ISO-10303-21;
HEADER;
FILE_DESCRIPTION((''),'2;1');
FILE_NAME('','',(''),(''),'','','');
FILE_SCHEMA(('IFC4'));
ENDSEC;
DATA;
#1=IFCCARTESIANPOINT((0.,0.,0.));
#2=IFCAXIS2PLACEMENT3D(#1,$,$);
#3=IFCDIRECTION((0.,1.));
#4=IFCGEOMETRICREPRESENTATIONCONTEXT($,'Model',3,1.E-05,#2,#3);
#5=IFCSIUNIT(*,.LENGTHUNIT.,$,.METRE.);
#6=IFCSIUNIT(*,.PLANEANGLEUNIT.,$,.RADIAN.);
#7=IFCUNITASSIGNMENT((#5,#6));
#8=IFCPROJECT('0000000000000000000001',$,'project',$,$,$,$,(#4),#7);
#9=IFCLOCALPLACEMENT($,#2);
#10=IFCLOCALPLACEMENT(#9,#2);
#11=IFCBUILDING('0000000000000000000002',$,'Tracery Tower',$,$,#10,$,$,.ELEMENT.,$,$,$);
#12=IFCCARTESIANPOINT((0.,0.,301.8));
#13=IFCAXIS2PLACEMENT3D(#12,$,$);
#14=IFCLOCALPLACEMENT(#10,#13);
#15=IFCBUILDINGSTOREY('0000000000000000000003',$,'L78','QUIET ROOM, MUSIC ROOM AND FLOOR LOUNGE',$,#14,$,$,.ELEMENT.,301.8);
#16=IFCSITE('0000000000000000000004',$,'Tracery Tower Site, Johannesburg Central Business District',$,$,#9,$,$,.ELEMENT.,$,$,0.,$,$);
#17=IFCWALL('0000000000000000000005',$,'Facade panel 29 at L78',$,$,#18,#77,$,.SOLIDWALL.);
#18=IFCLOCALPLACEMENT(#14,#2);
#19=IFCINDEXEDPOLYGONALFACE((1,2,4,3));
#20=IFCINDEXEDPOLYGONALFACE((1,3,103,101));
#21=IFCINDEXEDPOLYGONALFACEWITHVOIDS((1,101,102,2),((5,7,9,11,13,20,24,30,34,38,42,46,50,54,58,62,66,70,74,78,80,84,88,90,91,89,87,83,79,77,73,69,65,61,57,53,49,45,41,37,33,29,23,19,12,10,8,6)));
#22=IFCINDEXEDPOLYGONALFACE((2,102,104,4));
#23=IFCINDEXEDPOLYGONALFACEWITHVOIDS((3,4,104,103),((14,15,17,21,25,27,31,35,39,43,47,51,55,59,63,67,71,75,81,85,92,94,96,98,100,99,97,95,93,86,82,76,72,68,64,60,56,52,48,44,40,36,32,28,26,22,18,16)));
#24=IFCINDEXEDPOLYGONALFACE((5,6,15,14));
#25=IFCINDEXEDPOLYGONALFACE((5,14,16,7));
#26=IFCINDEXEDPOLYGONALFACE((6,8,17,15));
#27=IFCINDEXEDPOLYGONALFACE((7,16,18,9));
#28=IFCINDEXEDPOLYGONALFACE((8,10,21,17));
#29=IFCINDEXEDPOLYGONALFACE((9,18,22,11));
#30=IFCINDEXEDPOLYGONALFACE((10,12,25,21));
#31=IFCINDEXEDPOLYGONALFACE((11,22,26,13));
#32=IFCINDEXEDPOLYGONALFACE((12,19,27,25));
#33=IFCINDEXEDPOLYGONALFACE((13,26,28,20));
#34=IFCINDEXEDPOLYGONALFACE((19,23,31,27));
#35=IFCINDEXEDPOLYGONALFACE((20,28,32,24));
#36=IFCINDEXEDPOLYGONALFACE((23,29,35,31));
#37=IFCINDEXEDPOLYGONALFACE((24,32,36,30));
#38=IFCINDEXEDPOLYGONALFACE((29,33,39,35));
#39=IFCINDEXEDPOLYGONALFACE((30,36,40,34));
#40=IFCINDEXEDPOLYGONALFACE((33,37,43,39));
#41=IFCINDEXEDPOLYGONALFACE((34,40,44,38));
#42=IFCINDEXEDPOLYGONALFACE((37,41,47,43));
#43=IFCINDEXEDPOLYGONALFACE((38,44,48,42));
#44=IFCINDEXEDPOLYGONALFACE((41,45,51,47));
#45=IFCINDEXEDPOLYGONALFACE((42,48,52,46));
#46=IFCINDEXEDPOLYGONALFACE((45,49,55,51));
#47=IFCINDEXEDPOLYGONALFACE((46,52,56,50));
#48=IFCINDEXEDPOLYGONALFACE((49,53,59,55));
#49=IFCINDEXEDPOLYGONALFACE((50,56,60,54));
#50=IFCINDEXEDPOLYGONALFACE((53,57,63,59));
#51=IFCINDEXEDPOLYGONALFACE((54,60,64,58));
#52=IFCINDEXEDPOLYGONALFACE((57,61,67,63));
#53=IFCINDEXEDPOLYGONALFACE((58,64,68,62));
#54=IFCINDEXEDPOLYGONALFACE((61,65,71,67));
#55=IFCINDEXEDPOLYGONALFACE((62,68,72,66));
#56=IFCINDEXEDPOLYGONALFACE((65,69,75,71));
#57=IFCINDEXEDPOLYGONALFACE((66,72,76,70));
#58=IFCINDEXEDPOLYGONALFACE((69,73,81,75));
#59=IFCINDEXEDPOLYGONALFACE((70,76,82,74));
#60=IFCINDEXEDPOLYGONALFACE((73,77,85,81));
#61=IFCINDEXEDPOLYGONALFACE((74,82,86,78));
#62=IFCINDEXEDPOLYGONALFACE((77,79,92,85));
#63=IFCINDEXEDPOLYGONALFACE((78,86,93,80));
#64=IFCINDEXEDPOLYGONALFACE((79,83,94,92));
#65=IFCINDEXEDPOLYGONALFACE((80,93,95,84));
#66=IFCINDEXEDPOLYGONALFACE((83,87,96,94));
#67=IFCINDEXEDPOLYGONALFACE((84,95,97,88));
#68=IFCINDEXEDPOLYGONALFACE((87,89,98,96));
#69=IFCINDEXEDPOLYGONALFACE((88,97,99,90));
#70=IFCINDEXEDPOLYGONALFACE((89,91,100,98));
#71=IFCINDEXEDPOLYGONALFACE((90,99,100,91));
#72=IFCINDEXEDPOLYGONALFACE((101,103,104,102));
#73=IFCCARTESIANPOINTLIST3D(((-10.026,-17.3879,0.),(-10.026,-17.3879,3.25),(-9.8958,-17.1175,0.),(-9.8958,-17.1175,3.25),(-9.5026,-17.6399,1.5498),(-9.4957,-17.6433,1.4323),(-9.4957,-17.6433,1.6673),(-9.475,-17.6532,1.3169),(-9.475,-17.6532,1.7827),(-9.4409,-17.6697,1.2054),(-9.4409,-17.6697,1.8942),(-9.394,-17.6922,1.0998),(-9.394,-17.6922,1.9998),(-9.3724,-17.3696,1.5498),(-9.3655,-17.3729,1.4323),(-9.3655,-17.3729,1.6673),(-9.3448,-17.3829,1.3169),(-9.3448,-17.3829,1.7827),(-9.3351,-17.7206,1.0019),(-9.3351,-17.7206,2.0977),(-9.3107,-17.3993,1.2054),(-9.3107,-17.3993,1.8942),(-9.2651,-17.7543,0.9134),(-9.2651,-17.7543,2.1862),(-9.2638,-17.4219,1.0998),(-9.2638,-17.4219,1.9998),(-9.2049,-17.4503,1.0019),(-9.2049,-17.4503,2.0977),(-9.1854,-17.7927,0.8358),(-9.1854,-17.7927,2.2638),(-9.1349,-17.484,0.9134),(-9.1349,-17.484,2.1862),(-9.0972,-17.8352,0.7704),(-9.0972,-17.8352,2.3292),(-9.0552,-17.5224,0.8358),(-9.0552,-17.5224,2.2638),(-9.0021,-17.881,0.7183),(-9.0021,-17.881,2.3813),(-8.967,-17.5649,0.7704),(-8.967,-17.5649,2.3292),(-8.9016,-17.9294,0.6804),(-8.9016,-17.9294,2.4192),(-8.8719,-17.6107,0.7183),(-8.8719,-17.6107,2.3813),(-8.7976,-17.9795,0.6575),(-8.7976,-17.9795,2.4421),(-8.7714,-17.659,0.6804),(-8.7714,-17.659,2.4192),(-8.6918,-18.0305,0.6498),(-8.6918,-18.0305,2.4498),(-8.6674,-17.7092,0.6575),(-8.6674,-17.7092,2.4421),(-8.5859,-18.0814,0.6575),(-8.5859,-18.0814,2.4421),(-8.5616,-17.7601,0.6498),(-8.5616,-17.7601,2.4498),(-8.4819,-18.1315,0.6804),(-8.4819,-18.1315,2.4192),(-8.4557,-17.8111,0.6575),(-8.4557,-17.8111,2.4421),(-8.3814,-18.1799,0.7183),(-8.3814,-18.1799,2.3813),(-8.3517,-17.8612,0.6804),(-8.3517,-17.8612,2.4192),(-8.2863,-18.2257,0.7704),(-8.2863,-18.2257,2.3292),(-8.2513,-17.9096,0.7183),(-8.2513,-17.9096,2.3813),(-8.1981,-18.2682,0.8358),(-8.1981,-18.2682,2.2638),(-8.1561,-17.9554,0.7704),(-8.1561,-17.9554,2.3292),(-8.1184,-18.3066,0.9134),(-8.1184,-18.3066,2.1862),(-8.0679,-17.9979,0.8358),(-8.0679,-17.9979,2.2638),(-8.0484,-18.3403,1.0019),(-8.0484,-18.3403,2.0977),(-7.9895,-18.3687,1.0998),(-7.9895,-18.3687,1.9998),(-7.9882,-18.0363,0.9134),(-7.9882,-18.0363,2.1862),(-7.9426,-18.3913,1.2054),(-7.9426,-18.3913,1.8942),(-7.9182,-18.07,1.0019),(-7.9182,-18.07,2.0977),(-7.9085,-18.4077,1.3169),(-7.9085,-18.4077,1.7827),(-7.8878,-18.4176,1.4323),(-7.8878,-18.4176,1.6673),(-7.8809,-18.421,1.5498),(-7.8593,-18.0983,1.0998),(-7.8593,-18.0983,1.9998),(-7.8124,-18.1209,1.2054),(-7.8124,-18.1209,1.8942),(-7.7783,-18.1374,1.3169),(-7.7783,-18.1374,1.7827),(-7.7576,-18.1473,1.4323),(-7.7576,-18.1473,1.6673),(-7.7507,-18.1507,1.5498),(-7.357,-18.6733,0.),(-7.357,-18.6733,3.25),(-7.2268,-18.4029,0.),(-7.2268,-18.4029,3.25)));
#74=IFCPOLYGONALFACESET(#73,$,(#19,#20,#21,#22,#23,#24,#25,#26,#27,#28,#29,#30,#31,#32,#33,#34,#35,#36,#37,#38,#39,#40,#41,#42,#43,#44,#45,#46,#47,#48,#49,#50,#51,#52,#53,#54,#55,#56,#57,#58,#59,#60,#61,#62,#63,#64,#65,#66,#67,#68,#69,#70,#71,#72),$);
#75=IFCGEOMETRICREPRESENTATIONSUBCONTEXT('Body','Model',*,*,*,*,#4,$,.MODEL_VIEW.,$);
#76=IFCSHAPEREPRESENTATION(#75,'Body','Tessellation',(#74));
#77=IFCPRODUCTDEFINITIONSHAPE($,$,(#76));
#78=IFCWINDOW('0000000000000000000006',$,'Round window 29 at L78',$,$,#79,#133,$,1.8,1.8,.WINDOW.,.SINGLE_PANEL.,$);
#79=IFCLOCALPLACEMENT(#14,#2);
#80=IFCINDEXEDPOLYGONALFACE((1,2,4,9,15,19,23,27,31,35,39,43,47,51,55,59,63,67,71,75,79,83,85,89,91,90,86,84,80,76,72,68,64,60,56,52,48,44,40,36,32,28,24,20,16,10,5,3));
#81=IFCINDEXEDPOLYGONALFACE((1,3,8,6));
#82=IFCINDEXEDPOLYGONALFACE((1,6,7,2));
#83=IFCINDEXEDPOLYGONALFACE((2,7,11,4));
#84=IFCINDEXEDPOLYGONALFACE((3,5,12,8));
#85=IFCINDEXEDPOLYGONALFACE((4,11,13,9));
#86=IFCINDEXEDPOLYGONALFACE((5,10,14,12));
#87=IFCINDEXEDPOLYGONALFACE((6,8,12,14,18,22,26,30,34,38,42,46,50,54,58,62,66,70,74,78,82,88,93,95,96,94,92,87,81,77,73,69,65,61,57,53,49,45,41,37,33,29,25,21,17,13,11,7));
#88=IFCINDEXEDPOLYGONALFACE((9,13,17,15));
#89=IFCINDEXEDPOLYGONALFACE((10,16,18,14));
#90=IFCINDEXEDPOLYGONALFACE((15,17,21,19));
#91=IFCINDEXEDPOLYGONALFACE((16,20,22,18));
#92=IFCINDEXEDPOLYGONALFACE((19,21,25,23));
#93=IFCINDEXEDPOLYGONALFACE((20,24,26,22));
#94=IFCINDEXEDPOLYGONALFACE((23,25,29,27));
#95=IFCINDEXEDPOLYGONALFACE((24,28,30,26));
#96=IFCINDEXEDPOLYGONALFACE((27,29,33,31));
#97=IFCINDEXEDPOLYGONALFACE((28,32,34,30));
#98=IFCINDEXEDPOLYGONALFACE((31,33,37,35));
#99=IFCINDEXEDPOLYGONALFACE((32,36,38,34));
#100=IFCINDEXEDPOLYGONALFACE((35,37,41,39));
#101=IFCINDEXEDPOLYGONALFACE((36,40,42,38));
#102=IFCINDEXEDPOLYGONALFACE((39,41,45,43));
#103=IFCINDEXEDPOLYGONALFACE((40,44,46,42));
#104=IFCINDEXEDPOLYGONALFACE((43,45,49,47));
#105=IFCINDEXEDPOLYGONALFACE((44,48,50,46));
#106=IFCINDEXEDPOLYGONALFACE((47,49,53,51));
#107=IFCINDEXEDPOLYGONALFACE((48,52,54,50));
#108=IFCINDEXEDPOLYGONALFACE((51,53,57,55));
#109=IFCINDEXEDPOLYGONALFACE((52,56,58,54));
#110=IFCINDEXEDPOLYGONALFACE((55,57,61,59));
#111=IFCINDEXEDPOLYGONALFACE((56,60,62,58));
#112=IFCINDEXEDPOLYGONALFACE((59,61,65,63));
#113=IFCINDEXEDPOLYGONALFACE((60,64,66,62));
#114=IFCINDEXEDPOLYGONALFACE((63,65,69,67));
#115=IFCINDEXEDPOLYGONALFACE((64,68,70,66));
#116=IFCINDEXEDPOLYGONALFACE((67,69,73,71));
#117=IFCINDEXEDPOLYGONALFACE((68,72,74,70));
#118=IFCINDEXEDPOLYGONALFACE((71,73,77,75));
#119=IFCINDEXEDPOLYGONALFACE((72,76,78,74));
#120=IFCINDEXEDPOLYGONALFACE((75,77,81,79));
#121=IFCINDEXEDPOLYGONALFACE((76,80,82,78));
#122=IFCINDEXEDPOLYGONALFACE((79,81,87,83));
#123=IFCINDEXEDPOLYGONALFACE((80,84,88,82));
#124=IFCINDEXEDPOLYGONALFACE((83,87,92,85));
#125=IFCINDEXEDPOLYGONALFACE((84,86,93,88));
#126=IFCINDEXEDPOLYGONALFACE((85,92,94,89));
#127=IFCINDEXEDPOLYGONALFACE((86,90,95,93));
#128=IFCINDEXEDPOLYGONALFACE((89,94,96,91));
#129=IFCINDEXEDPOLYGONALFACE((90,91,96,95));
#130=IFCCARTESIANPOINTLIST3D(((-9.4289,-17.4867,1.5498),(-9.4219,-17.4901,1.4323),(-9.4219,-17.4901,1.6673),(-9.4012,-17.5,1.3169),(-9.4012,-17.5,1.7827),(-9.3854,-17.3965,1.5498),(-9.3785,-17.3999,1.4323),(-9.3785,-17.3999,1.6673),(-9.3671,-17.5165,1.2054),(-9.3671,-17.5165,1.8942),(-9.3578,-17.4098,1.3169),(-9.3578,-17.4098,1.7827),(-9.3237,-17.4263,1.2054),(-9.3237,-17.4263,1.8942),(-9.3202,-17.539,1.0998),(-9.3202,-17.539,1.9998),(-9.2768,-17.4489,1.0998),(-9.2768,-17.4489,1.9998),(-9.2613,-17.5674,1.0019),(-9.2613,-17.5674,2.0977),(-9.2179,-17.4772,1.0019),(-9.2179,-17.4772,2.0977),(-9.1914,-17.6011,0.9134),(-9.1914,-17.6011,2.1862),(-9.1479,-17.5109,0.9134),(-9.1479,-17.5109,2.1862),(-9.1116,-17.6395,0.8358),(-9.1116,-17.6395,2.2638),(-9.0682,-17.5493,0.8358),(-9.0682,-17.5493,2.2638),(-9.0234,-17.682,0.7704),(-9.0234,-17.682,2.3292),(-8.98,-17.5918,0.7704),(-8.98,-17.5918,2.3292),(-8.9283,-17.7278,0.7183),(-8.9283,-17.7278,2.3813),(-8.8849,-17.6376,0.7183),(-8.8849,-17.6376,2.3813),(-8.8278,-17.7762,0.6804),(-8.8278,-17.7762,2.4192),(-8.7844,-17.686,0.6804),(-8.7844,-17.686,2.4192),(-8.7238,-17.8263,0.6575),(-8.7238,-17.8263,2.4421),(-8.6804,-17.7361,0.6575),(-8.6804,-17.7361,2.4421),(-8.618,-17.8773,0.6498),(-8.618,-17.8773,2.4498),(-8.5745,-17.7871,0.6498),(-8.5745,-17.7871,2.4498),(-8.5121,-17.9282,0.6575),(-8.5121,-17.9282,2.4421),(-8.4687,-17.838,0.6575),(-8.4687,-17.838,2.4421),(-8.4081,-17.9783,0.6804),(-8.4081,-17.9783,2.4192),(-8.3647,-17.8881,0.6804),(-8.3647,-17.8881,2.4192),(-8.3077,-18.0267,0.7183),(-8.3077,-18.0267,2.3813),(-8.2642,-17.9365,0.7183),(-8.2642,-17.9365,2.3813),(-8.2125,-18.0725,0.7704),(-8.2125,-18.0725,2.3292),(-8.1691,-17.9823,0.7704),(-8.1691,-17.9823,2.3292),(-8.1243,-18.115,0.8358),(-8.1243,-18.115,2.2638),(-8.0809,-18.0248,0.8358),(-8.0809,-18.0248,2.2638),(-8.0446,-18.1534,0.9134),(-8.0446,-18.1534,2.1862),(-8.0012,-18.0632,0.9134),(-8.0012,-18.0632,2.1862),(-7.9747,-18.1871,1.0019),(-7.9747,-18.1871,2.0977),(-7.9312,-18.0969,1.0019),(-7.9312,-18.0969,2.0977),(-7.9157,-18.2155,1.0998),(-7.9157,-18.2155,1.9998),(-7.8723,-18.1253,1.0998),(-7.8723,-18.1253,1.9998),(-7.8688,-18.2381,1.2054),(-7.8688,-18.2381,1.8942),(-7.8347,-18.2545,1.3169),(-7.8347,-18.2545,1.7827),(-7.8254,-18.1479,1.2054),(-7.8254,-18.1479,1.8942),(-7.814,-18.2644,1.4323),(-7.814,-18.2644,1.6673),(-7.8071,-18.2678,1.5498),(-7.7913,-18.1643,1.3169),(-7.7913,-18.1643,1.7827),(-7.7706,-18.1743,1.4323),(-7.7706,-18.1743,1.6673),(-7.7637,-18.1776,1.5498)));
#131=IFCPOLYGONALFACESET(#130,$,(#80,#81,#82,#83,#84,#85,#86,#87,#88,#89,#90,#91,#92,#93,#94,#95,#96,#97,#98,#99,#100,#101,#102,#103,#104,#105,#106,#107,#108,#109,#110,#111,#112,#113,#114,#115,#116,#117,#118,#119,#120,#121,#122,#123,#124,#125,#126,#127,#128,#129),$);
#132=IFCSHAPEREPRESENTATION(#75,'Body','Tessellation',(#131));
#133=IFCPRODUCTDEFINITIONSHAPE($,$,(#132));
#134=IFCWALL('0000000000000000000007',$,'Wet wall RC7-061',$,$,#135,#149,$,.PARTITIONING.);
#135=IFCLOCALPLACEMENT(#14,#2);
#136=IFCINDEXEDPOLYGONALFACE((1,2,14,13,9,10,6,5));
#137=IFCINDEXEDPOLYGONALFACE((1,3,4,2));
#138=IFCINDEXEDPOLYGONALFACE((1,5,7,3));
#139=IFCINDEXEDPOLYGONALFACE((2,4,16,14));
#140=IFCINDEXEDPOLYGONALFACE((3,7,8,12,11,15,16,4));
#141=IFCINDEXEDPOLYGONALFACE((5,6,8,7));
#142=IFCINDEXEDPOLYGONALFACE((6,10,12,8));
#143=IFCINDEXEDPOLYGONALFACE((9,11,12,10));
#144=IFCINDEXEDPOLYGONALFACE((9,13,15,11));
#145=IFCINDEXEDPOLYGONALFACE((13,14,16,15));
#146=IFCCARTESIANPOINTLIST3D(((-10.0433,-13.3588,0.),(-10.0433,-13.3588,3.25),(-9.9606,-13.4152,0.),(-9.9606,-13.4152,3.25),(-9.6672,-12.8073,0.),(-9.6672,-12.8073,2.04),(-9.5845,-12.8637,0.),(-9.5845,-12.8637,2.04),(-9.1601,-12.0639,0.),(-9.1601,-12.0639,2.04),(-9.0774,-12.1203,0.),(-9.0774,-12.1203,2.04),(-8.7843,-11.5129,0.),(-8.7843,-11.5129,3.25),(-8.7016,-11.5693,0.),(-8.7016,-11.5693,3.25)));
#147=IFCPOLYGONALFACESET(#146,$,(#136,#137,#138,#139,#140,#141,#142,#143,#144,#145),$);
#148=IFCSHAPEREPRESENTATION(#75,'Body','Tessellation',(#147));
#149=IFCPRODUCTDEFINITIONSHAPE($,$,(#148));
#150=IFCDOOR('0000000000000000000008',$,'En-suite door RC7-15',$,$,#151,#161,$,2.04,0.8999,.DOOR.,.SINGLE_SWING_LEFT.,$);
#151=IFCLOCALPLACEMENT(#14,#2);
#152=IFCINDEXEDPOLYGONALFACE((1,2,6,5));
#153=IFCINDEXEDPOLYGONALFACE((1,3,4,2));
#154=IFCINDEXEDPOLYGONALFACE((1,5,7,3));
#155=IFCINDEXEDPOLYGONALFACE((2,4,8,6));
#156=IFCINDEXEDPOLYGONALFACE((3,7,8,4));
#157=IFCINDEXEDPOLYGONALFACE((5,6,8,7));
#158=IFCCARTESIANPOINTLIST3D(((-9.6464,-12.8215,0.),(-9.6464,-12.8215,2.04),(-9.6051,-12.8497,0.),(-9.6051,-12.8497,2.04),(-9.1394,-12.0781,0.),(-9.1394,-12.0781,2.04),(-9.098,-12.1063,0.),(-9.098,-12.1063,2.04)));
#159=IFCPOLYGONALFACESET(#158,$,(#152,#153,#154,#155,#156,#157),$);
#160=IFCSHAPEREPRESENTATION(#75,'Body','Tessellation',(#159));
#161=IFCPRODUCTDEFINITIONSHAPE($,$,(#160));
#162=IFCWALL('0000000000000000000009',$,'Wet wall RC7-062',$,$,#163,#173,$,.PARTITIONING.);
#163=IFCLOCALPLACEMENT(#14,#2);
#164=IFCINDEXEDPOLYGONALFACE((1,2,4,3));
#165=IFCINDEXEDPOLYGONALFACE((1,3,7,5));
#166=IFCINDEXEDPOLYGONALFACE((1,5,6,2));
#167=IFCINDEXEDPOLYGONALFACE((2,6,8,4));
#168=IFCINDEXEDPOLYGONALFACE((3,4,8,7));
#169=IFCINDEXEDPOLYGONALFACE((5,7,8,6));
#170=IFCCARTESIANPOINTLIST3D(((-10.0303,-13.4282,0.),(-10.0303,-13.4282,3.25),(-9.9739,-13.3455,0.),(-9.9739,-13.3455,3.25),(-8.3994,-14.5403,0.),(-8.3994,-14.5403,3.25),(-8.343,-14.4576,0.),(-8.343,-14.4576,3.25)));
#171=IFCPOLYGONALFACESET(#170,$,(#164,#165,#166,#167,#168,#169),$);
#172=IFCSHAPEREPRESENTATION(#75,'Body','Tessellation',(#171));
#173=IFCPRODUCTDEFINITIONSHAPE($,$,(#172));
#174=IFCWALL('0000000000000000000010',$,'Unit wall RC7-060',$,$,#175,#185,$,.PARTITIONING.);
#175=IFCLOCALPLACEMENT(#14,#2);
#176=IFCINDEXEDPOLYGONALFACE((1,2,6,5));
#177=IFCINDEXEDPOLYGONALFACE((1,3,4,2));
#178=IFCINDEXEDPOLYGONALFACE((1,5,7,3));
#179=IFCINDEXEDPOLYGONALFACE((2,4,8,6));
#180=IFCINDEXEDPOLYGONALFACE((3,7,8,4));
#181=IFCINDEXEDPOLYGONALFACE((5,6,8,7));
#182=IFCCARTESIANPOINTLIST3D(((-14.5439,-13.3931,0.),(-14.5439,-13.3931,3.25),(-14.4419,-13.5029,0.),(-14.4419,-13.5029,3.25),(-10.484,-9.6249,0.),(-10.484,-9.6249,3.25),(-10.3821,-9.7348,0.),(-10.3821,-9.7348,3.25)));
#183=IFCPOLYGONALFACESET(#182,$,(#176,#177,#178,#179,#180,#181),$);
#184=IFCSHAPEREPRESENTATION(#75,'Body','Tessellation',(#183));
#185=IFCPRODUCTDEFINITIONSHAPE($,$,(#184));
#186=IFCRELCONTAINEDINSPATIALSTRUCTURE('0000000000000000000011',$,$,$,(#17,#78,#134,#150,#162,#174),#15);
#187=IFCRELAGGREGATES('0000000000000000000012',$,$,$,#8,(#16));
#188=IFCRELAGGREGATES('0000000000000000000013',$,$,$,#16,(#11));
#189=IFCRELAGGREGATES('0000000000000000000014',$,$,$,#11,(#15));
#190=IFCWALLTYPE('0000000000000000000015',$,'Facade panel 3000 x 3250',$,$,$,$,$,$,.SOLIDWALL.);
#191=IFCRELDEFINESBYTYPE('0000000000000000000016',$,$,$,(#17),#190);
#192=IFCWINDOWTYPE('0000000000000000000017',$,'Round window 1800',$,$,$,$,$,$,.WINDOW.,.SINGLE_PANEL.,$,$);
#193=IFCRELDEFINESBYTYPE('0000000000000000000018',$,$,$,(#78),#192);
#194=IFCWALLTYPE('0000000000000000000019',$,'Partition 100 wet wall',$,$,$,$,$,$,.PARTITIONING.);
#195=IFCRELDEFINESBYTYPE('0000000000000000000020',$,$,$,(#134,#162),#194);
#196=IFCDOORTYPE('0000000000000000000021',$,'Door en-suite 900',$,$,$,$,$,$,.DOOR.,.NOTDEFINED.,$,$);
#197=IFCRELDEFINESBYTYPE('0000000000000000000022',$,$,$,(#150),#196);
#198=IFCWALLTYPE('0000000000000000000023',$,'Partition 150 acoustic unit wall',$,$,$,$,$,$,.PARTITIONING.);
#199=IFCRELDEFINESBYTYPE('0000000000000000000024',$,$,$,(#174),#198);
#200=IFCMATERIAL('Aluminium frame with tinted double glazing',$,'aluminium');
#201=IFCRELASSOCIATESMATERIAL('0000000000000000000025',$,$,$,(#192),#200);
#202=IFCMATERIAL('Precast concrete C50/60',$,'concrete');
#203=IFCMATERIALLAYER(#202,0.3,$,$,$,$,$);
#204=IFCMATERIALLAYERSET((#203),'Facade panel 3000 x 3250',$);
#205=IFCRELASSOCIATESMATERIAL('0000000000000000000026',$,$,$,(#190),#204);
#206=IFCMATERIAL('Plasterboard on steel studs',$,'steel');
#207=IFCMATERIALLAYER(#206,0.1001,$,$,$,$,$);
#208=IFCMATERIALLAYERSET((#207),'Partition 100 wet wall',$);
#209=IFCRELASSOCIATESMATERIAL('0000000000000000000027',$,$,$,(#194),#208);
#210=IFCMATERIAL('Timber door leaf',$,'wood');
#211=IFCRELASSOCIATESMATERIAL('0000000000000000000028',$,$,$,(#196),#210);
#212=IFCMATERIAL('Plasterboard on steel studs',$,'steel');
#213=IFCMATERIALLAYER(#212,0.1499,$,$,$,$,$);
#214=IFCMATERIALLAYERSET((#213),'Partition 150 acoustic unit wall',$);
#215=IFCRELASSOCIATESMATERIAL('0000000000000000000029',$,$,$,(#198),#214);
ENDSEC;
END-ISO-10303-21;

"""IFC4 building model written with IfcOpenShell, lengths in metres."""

from ifc_helpers import new_model, si_unit, direction, frame, frame_2d, origin, origin_2d, place, context, subcontext, project, spatial, rectangle, circle, extrude, material, layer, layer_set, type_object, element, fill, save


model = new_model("IFC4")

# Units and contexts
model_context = context("Model", 3, precision=1e-05, world=origin(), true_north=direction((0.0, 1.0)))
body_context = subcontext(model_context, "Body", "Model", "MODEL_VIEW")
ifc_project = project(units=[si_unit("LENGTHUNIT", "METRE"), si_unit("PLANEANGLEUNIT", "RADIAN")], contexts=[model_context])

# Site, building, storey
site_placement = place(None, origin())
site = spatial("IfcSite", under=ifc_project, at=site_placement, Name="Tracery Tower Site, Johannesburg Central Business District", CompositionType="ELEMENT", RefElevation=0.0)
building_placement = place(site_placement, origin())
building = spatial("IfcBuilding", under=site, at=building_placement, Name="Tracery Tower", CompositionType="ELEMENT")
storey_placement = place(building_placement, frame((0.0, 0.0, 301.8)))
storey = spatial("IfcBuildingStorey", under=building, at=storey_placement, Name="L78", Description="QUIET ROOM, MUSIC ROOM AND FLOOR LOUNGE", CompositionType="ELEMENT", Elevation=301.8)

# Wall, opening, window
ifc_material_1 = material(Name="Aluminium frame with tinted double glazing", Category="aluminium")
window_type = type_object("IfcWindowType", Name="Round window 1800", PartitioningType="SINGLE_PANEL", PredefinedType="WINDOW", material=ifc_material_1)
ifc_material_2 = material(Name="Precast concrete C50/60", Category="concrete")
ifc_layer_1 = layer(ifc_material_2, 0.3)
ifc_layer_set_1 = layer_set([ifc_layer_1], Name="Facade panel 3000 x 3250")
wall_type_1 = type_object("IfcWallType", Name="Facade panel 3000 x 3250", PredefinedType="SOLIDWALL", material=ifc_layer_set_1)
wall_1_placement = place(storey_placement, frame((-9.9609, -17.2527, 0.0), z_axis=(0.0, 0.0, 1.0), x_axis=(0.900955, -0.433912, 0.0)))
wall_1 = element("IfcWall", 1, at=wall_1_placement, inside=storey, type_object=wall_type_1, Name="Facade panel 29 at L78", PredefinedType="SOLIDWALL", context=body_context, shape_type="SweptSolid", body=[
    extrude(rectangle(XDim=2.9624, YDim=0.3, at=frame_2d((1.4812, 0.0))), origin(), (0.0, 0.0, 1.0), 3.25),
])
opening_1_placement = place(wall_1_placement, frame((1.481, 0.0, 1.5498)))
opening_1 = element("IfcOpeningElement", 2, at=opening_1_placement, cuts=wall_1, PredefinedType="OPENING", context=body_context, shape_type="SweptSolid", body=[
    extrude(circle(Radius=0.9, at=origin_2d()), frame((0.0, 0.1599, 0.0), z_axis=(0.0, -1.0, 0.0), x_axis=(1.0, 0.0, 0.0)), (0.0, 0.0, 1.0), 0.3201),
])
window_1_placement = place(opening_1_placement, origin())
window_1 = element("IfcWindow", 3, at=window_1_placement, inside=storey, type_object=window_type, Name="Round window 29 at L78", OverallHeight=1.8, OverallWidth=1.8, PartitioningType="SINGLE_PANEL", PredefinedType="WINDOW", context=body_context, shape_type="SweptSolid", body=[
    extrude(circle(Radius=0.9, at=origin_2d()), frame((0.0, 0.1201, 0.0), z_axis=(0.0, -1.0, 0.0), x_axis=(1.0, 0.0, 0.0)), (0.0, 0.0, 1.0), 0.1001),
])
fill(opening_1, window_1)

# Wall, opening, door
ifc_material_3 = material(Name="Plasterboard on steel studs", Category="steel")
ifc_layer_2 = layer(ifc_material_3, 0.1001)
ifc_layer_set_2 = layer_set([ifc_layer_2], Name="Partition 100 wet wall")
wall_type_2 = type_object("IfcWallType", Name="Partition 100 wet wall", PredefinedType="PARTITIONING", material=ifc_layer_set_2)
wall_2_placement = place(storey_placement, frame((-10.002, -13.387, 0.0), z_axis=(0.0, 0.0, 1.0), x_axis=(0.563469, 0.826137, 0.0)))
wall_2 = element("IfcWall", 4, at=wall_2_placement, inside=storey, type_object=wall_type_2, Name="Wet wall RC7-061", PredefinedType="PARTITIONING", context=body_context, shape_type="SweptSolid", body=[
    extrude(rectangle(XDim=2.2344, YDim=0.1001, at=frame_2d((1.1172, 0.0))), origin(), (0.0, 0.0, 1.0), 3.25),
])
opening_2_placement = place(wall_2_placement, frame((0.6675, 0.0, 0.0)))
opening_2 = element("IfcOpeningElement", 5, at=opening_2_placement, cuts=wall_2, PredefinedType="OPENING", context=body_context, shape_type="SweptSolid", body=[
    extrude(rectangle(XDim=0.8999, YDim=2.04, at=frame_2d((0.45, 1.02))), frame((0.0, 0.05, 0.0), z_axis=(0.0, -1.0, 0.0), x_axis=(1.0, 0.0, 0.0)), (0.0, 0.0, 1.0), 0.1001),
])
ifc_material_4 = material(Name="Timber door leaf", Category="wood")
door_type = type_object("IfcDoorType", Name="Door en-suite 900", OperationType="NOTDEFINED", PredefinedType="DOOR", material=ifc_material_4)
door_placement = place(opening_2_placement, origin())
door = element("IfcDoor", 6, at=door_placement, inside=storey, type_object=door_type, Name="En-suite door RC7-15", OperationType="SINGLE_SWING_LEFT", OverallHeight=2.04, OverallWidth=0.8999, PredefinedType="DOOR", context=body_context, shape_type="SweptSolid", body=[
    extrude(rectangle(XDim=0.8999, YDim=2.04, at=frame_2d((0.45, 1.02))), frame((0.0, 0.0249, 0.0), z_axis=(0.0, -1.0, 0.0), x_axis=(1.0, 0.0, 0.0)), (0.0, 0.0, 1.0), 0.05),
])
fill(opening_2, door)

# Walls
wall_3_placement = place(storey_placement, frame((-10.002, -13.387, 0.0), z_axis=(0.0, 0.0, 1.0), x_axis=(0.826201, -0.563375, 0.0)))
element("IfcWall", 7, at=wall_3_placement, inside=storey, type_object=wall_type_2, Name="Wet wall RC7-062", PredefinedType="PARTITIONING", context=body_context, shape_type="SweptSolid", body=[
    extrude(rectangle(XDim=1.9739, YDim=0.1001, at=frame_2d((0.9868, 0.0))), origin(), (0.0, 0.0, 1.0), 3.25),
])
ifc_material_5 = material(Name="Plasterboard on steel studs", Category="steel")
ifc_layer_3 = layer(ifc_material_5, 0.1499)
ifc_layer_set_3 = layer_set([ifc_layer_3], Name="Partition 150 acoustic unit wall")
wall_type_3 = type_object("IfcWallType", Name="Partition 150 acoustic unit wall", PredefinedType="PARTITIONING", material=ifc_layer_set_3)
wall_4_placement = place(storey_placement, frame((-14.4929, -13.448, 0.0), z_axis=(0.0, 0.0, 1.0), x_axis=(0.732952, 0.68028, 0.0)))
element("IfcWall", 8, at=wall_4_placement, inside=storey, type_object=wall_type_3, Name="Unit wall RC7-060", PredefinedType="PARTITIONING", context=body_context, shape_type="SweptSolid", body=[
    extrude(rectangle(XDim=5.5391, YDim=0.1499, at=frame_2d((2.7695, 0.0))), origin(), (0.0, 0.0, 1.0), 3.25),
])

save(model, "model.ifc")
